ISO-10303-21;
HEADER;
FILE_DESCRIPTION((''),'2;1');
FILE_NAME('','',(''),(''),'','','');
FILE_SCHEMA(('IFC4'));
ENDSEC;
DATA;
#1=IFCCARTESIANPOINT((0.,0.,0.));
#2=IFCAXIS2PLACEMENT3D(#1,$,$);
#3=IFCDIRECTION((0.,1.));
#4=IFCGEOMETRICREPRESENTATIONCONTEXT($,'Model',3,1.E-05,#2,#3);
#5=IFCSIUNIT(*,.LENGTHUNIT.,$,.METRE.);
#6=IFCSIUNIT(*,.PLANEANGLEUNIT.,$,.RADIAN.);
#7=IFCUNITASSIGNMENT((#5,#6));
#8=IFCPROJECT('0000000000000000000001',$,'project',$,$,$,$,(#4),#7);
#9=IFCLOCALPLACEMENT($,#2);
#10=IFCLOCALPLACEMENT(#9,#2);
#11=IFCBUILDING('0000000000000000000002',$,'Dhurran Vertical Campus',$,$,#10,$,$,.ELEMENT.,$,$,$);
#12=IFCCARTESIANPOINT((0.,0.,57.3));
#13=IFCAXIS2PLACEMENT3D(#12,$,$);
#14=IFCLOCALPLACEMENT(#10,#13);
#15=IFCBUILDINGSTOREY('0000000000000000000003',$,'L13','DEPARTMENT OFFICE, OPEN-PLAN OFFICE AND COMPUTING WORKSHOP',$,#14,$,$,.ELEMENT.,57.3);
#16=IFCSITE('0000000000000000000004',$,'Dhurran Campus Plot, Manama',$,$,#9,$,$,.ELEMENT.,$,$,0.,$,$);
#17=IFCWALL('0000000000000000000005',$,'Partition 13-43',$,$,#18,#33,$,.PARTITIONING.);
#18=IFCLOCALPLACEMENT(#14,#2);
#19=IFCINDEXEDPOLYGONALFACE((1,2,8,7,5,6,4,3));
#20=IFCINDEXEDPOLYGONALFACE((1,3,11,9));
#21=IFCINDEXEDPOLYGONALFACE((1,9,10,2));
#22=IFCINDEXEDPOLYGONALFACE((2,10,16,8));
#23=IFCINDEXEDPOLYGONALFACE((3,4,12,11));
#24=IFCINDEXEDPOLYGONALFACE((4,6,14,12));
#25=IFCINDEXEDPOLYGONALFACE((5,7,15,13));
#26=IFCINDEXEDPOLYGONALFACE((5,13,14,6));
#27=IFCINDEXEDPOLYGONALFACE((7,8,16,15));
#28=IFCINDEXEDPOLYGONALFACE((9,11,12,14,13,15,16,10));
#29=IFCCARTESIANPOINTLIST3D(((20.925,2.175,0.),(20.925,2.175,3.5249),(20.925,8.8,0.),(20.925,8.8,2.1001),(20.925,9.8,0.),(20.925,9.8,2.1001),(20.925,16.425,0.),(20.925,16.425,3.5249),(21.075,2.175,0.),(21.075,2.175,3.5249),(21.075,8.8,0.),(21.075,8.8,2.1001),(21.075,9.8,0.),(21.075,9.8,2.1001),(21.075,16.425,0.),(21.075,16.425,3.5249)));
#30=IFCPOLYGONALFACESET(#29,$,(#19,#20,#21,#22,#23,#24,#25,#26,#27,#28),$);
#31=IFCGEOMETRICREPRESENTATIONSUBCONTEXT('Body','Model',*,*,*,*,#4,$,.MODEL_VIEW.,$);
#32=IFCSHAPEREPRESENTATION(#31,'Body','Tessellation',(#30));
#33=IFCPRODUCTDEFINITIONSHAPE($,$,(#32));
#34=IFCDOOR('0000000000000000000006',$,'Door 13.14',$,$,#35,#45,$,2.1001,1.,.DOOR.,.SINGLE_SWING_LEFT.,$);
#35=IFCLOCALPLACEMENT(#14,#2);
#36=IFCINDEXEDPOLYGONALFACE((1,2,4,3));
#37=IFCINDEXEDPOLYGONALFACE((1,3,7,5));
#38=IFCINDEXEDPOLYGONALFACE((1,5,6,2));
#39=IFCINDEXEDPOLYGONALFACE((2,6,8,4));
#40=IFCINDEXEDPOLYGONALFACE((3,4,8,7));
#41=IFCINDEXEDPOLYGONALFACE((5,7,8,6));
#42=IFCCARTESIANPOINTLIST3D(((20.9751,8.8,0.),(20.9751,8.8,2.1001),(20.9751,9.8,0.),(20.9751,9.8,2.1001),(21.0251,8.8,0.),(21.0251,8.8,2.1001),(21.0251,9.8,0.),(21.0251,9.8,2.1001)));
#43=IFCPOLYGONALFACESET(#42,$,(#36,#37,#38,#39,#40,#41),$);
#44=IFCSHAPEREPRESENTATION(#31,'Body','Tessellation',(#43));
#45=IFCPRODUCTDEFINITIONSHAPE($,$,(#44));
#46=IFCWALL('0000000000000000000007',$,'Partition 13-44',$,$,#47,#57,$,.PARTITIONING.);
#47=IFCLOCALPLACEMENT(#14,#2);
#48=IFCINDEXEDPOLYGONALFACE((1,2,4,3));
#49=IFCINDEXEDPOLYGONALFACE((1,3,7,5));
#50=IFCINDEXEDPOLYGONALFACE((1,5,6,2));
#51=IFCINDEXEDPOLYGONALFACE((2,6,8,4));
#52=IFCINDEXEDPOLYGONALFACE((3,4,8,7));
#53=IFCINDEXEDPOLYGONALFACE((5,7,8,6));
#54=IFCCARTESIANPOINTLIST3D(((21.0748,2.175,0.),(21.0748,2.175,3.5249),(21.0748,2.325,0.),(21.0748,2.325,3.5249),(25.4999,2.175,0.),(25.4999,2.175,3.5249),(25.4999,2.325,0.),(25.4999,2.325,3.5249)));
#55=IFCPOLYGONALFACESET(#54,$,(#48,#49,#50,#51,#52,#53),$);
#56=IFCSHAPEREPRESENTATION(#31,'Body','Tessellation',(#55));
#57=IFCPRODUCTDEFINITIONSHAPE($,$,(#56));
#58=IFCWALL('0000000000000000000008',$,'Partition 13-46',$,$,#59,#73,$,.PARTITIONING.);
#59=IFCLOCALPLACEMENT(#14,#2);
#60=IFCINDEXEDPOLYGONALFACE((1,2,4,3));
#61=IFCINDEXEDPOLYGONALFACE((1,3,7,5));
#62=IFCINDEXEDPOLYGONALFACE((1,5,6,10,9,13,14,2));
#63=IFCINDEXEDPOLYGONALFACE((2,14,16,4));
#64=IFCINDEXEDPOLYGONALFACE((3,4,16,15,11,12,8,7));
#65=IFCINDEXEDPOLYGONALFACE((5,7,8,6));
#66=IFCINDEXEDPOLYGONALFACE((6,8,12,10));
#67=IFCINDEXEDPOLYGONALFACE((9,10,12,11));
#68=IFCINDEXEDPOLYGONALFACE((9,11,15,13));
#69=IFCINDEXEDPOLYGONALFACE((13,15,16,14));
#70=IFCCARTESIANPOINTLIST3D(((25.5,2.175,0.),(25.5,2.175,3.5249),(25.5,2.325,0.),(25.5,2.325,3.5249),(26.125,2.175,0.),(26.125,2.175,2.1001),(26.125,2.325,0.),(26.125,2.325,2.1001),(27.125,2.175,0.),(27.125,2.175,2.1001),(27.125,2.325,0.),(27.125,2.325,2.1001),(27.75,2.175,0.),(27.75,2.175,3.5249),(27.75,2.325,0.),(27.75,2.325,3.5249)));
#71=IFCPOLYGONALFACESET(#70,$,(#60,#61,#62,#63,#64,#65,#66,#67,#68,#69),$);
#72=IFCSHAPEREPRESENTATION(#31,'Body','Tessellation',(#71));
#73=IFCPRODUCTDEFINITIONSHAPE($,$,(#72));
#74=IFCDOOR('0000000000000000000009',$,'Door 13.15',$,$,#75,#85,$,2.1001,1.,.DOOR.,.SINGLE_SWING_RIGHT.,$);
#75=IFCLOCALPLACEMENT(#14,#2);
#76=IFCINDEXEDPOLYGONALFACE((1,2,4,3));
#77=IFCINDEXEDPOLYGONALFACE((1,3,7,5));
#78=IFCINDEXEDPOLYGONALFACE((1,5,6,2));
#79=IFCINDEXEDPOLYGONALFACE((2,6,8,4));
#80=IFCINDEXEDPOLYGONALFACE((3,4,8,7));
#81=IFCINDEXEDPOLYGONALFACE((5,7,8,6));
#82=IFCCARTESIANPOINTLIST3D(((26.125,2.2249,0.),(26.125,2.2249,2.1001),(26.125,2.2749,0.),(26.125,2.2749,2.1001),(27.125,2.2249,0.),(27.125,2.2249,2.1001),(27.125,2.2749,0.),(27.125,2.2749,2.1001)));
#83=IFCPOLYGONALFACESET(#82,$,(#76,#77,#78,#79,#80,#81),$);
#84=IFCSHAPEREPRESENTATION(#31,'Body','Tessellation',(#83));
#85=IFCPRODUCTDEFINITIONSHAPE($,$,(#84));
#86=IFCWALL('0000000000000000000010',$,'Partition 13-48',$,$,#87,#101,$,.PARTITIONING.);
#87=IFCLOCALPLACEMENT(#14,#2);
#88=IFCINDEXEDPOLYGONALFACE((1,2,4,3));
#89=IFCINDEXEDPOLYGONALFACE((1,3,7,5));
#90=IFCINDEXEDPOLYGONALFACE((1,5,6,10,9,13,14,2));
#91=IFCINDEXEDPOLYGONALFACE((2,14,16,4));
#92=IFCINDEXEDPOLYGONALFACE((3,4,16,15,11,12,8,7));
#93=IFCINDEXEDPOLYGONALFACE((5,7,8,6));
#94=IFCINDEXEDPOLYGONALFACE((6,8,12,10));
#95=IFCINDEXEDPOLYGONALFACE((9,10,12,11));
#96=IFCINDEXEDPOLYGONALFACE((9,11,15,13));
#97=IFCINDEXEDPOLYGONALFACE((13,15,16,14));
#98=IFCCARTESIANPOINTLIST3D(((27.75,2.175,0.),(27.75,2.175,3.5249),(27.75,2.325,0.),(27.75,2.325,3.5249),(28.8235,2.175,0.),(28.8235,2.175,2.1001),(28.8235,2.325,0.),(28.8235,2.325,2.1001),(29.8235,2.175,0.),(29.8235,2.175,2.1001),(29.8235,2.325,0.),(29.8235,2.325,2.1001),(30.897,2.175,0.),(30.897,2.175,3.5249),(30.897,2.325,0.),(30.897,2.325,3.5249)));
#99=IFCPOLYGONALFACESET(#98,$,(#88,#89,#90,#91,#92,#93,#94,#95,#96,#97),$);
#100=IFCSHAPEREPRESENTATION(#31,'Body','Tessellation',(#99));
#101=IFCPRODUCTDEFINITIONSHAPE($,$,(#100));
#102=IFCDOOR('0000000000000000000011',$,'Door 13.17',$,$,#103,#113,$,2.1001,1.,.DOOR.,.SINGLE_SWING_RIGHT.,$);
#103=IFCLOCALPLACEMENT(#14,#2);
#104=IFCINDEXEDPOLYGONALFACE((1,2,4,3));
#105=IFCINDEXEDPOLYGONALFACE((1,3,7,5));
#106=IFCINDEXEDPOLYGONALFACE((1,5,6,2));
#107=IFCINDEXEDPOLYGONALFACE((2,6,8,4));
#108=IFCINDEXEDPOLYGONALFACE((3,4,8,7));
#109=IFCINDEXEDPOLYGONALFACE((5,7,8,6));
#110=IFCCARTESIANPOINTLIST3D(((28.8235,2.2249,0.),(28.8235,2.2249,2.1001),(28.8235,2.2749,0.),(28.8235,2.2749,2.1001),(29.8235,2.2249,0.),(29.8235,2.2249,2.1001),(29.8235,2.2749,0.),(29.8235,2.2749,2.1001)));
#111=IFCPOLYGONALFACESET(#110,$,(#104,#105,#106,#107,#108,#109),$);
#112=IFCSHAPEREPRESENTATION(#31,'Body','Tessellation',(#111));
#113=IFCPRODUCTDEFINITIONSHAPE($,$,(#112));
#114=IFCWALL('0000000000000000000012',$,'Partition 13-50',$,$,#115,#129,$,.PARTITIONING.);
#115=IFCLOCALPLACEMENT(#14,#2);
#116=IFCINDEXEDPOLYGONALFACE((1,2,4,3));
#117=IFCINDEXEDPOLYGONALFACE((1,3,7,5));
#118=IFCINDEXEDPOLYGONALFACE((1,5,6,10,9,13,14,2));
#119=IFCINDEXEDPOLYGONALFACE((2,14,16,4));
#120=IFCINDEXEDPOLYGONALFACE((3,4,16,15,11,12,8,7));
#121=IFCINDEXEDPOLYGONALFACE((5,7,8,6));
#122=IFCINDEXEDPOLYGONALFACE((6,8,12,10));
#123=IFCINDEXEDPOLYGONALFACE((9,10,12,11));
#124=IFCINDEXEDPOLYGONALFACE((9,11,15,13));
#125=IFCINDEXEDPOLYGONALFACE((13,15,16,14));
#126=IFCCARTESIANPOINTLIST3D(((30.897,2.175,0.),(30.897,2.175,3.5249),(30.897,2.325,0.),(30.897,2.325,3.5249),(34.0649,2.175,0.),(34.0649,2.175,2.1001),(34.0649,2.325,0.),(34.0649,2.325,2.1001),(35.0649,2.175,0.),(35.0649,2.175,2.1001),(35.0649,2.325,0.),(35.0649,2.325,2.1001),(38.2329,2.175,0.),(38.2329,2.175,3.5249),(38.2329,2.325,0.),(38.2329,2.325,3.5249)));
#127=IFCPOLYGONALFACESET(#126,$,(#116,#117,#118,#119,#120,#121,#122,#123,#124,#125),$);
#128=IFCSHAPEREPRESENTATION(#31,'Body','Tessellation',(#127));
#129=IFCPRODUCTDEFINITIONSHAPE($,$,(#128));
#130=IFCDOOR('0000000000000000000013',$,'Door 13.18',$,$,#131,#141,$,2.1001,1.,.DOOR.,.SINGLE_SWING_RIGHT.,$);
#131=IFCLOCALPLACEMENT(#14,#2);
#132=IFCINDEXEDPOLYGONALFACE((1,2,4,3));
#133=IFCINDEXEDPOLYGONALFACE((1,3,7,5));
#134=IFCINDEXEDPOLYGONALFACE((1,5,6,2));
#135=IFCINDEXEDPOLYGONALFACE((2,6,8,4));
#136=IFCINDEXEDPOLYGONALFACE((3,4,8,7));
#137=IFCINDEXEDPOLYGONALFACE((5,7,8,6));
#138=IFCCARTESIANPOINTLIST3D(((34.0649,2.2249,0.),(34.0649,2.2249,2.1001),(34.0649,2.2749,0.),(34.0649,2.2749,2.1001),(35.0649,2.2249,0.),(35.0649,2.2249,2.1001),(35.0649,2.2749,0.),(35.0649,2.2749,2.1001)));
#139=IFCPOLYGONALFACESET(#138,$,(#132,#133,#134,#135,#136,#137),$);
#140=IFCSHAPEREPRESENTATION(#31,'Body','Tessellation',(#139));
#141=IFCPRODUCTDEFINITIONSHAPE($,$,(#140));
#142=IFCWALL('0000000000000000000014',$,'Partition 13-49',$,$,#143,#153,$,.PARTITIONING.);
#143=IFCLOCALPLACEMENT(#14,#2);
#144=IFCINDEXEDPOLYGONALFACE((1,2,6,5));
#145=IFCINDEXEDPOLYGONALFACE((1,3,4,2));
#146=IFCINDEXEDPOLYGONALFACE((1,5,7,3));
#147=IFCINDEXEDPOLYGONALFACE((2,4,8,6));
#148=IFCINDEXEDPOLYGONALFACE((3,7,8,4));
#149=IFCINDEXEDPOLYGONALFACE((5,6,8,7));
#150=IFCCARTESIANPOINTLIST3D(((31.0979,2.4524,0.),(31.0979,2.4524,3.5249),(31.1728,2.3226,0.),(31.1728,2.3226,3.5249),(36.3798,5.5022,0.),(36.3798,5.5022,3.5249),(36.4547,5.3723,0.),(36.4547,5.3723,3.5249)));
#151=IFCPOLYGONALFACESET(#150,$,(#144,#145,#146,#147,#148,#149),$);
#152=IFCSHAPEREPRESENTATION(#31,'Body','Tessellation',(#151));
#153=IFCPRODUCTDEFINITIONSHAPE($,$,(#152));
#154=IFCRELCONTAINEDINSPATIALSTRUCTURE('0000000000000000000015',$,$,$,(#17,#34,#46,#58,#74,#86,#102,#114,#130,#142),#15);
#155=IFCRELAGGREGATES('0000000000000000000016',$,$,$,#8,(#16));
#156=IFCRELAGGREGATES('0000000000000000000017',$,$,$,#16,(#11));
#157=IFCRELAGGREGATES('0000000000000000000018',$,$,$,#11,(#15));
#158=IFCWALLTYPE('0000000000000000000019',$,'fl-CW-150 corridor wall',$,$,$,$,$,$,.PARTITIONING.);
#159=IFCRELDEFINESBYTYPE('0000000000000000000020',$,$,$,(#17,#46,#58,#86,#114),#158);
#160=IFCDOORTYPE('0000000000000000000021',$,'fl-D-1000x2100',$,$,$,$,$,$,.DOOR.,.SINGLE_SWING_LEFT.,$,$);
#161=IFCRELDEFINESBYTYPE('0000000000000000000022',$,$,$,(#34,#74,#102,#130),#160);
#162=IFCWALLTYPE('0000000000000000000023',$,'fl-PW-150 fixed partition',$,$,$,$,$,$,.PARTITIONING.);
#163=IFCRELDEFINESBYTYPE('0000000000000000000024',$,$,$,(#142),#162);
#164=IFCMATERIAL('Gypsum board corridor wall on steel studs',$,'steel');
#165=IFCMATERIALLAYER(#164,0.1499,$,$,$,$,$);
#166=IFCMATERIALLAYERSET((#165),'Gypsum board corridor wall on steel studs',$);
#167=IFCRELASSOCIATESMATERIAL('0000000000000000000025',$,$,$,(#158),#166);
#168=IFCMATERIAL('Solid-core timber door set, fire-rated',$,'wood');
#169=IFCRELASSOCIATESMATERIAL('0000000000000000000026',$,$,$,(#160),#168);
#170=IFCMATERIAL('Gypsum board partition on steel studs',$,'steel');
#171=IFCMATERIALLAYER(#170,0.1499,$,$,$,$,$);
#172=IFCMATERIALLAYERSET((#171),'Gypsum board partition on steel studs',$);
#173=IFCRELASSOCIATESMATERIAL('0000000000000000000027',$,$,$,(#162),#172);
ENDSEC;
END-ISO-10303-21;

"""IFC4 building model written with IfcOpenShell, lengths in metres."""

from ifc_helpers import new_model, si_unit, direction, frame, frame_2d, origin, place, context, subcontext, project, spatial, rectangle, extrude, material, layer, layer_set, type_object, element, fill, save


model = new_model("IFC4")

# Units and contexts
model_context = context("Model", 3, precision=1e-05, world=origin(), true_north=direction((0.0, 1.0)))
body_context = subcontext(model_context, "Body", "Model", "MODEL_VIEW")
ifc_project = project(units=[si_unit("LENGTHUNIT", "METRE"), si_unit("PLANEANGLEUNIT", "RADIAN")], contexts=[model_context])

# Site, building, storey
site_placement = place(None, origin())
site = spatial("IfcSite", under=ifc_project, at=site_placement, Name="Dhurran Campus Plot, Manama", CompositionType="ELEMENT", RefElevation=0.0)
building_placement = place(site_placement, origin())
building = spatial("IfcBuilding", under=site, at=building_placement, Name="Dhurran Vertical Campus", CompositionType="ELEMENT")
storey_placement = place(building_placement, frame((0.0, 0.0, 57.3)))
storey = spatial("IfcBuildingStorey", under=building, at=storey_placement, Name="L13", Description="DEPARTMENT OFFICE, OPEN-PLAN OFFICE AND COMPUTING WORKSHOP", CompositionType="ELEMENT", Elevation=57.3)

# Wall, opening, door
ifc_material_1 = material(Name="Gypsum board corridor wall on steel studs", Category="steel")
ifc_layer_1 = layer(ifc_material_1, 0.1499)
ifc_layer_set_1 = layer_set([ifc_layer_1], Name="Gypsum board corridor wall on steel studs")
wall_type_1 = type_object("IfcWallType", Name="fl-CW-150 corridor wall", PredefinedType="PARTITIONING", material=ifc_layer_set_1)
wall_1_placement = place(storey_placement, frame((21.0, 2.175, 0.0), z_axis=(0.0, 0.0, 1.0), x_axis=(0.0, 1.0, 0.0)))
wall_1 = element("IfcWall", 1, at=wall_1_placement, inside=storey, type_object=wall_type_1, Name="Partition 13-43", PredefinedType="PARTITIONING", context=body_context, shape_type="SweptSolid", body=[
    extrude(rectangle(XDim=14.25, YDim=0.1499, at=frame_2d((7.125, 0.0))), origin(), (0.0, 0.0, 1.0), 3.5249),
])
opening_1_placement = place(wall_1_placement, frame((6.625, 0.0, 0.0)))
opening_1 = element("IfcOpeningElement", 2, at=opening_1_placement, cuts=wall_1, PredefinedType="OPENING", context=body_context, shape_type="SweptSolid", body=[
    extrude(rectangle(XDim=1.0, YDim=2.1001, at=frame_2d((0.5, 1.05))), frame((0.0, 0.085, 0.0), z_axis=(0.0, -1.0, 0.0), x_axis=(1.0, 0.0, 0.0)), (0.0, 0.0, 1.0), 0.1699),
])
ifc_material_2 = material(Name="Solid-core timber door set, fire-rated", Category="wood")
door_type_1 = type_object("IfcDoorType", Name="fl-D-1000x2100", OperationType="SINGLE_SWING_LEFT", PredefinedType="DOOR", material=ifc_material_2)
door_1_placement = place(opening_1_placement, origin())
door_1 = element("IfcDoor", 3, at=door_1_placement, inside=storey, type_object=door_type_1, Name="Door 13.14", OperationType="SINGLE_SWING_LEFT", OverallHeight=2.1001, OverallWidth=1.0, PredefinedType="DOOR", context=body_context, shape_type="SweptSolid", body=[
    extrude(rectangle(XDim=1.0, YDim=2.1001, at=frame_2d((0.5, 1.05))), frame((0.0, 0.0249, 0.0), z_axis=(0.0, -1.0, 0.0), x_axis=(1.0, 0.0, 0.0)), (0.0, 0.0, 1.0), 0.05),
])
fill(opening_1, door_1)

# Wall
wall_2_placement = place(storey_placement, frame((21.075, 2.25, 0.0), z_axis=(0.0, 0.0, 1.0), x_axis=(1.0, 0.0, 0.0)))
element("IfcWall", 4, at=wall_2_placement, inside=storey, type_object=wall_type_1, Name="Partition 13-44", PredefinedType="PARTITIONING", context=body_context, shape_type="SweptSolid", body=[
    extrude(rectangle(XDim=4.425, YDim=0.1499, at=frame_2d((2.2124, 0.0))), origin(), (0.0, 0.0, 1.0), 3.5249),
])

# Walls, openings, doors
wall_3_placement = place(storey_placement, frame((25.5, 2.25, 0.0), z_axis=(0.0, 0.0, 1.0), x_axis=(1.0, 0.0, 0.0)))
wall_3 = element("IfcWall", 5, at=wall_3_placement, inside=storey, type_object=wall_type_1, Name="Partition 13-46", PredefinedType="PARTITIONING", context=body_context, shape_type="SweptSolid", body=[
    extrude(rectangle(XDim=2.25, YDim=0.1499, at=frame_2d((1.125, 0.0))), origin(), (0.0, 0.0, 1.0), 3.5249),
])
opening_2_placement = place(wall_3_placement, frame((0.625, 0.0, 0.0)))
opening_2 = element("IfcOpeningElement", 6, at=opening_2_placement, cuts=wall_3, PredefinedType="OPENING", context=body_context, shape_type="SweptSolid", body=[
    extrude(rectangle(XDim=1.0, YDim=2.1001, at=frame_2d((0.5, 1.05))), frame((0.0, 0.085, 0.0), z_axis=(0.0, -1.0, 0.0), x_axis=(1.0, 0.0, 0.0)), (0.0, 0.0, 1.0), 0.1699),
])
door_2_placement = place(opening_2_placement, origin())
door_2 = element("IfcDoor", 7, at=door_2_placement, inside=storey, type_object=door_type_1, Name="Door 13.15", OperationType="SINGLE_SWING_RIGHT", OverallHeight=2.1001, OverallWidth=1.0, PredefinedType="DOOR", context=body_context, shape_type="SweptSolid", body=[
    extrude(rectangle(XDim=1.0, YDim=2.1001, at=frame_2d((0.5, 1.05))), frame((0.0, 0.0249, 0.0), z_axis=(0.0, -1.0, 0.0), x_axis=(1.0, 0.0, 0.0)), (0.0, 0.0, 1.0), 0.05),
])
fill(opening_2, door_2)
wall_4_placement = place(storey_placement, frame((27.75, 2.25, 0.0), z_axis=(0.0, 0.0, 1.0), x_axis=(1.0, 0.0, 0.0)))
wall_4 = element("IfcWall", 8, at=wall_4_placement, inside=storey, type_object=wall_type_1, Name="Partition 13-48", PredefinedType="PARTITIONING", context=body_context, shape_type="SweptSolid", body=[
    extrude(rectangle(XDim=3.147, YDim=0.1499, at=frame_2d((1.5735, 0.0))), origin(), (0.0, 0.0, 1.0), 3.5249),
])
opening_3_placement = place(wall_4_placement, frame((1.0735, 0.0, 0.0)))
opening_3 = element("IfcOpeningElement", 9, at=opening_3_placement, cuts=wall_4, PredefinedType="OPENING", context=body_context, shape_type="SweptSolid", body=[
    extrude(rectangle(XDim=1.0, YDim=2.1001, at=frame_2d((0.5, 1.05))), frame((0.0, 0.085, 0.0), z_axis=(0.0, -1.0, 0.0), x_axis=(1.0, 0.0, 0.0)), (0.0, 0.0, 1.0), 0.1699),
])
door_3_placement = place(opening_3_placement, origin())
door_3 = element("IfcDoor", 10, at=door_3_placement, inside=storey, type_object=door_type_1, Name="Door 13.17", OperationType="SINGLE_SWING_RIGHT", OverallHeight=2.1001, OverallWidth=1.0, PredefinedType="DOOR", context=body_context, shape_type="SweptSolid", body=[
    extrude(rectangle(XDim=1.0, YDim=2.1001, at=frame_2d((0.5, 1.05))), frame((0.0, 0.0249, 0.0), z_axis=(0.0, -1.0, 0.0), x_axis=(1.0, 0.0, 0.0)), (0.0, 0.0, 1.0), 0.05),
])
fill(opening_3, door_3)
wall_5_placement = place(storey_placement, frame((30.897, 2.25, 0.0), z_axis=(0.0, 0.0, 1.0), x_axis=(1.0, 0.0, 0.0)))
wall_5 = element("IfcWall", 11, at=wall_5_placement, inside=storey, type_object=wall_type_1, Name="Partition 13-50", PredefinedType="PARTITIONING", context=body_context, shape_type="SweptSolid", body=[
    extrude(rectangle(XDim=7.3359, YDim=0.1499, at=frame_2d((3.668, 0.0))), origin(), (0.0, 0.0, 1.0), 3.5249),
])
opening_4_placement = place(wall_5_placement, frame((3.168, 0.0, 0.0)))
opening_4 = element("IfcOpeningElement", 12, at=opening_4_placement, cuts=wall_5, PredefinedType="OPENING", context=body_context, shape_type="SweptSolid", body=[
    extrude(rectangle(XDim=1.0, YDim=2.1001, at=frame_2d((0.5, 1.05))), frame((0.0, 0.085, 0.0), z_axis=(0.0, -1.0, 0.0), x_axis=(1.0, 0.0, 0.0)), (0.0, 0.0, 1.0), 0.1699),
])
door_4_placement = place(opening_4_placement, origin())
door_4 = element("IfcDoor", 13, at=door_4_placement, inside=storey, type_object=door_type_1, Name="Door 13.18", OperationType="SINGLE_SWING_RIGHT", OverallHeight=2.1001, OverallWidth=1.0, PredefinedType="DOOR", context=body_context, shape_type="SweptSolid", body=[
    extrude(rectangle(XDim=1.0, YDim=2.1001, at=frame_2d((0.5, 1.05))), frame((0.0, 0.0249, 0.0), z_axis=(0.0, -1.0, 0.0), x_axis=(1.0, 0.0, 0.0)), (0.0, 0.0, 1.0), 0.05),
])
fill(opening_4, door_4)

# Wall
ifc_material_3 = material(Name="Gypsum board partition on steel studs", Category="steel")
ifc_layer_2 = layer(ifc_material_3, 0.1499)
ifc_layer_set_2 = layer_set([ifc_layer_2], Name="Gypsum board partition on steel studs")
wall_type_2 = type_object("IfcWallType", Name="fl-PW-150 fixed partition", PredefinedType="PARTITIONING", material=ifc_layer_set_2)
wall_6_placement = place(storey_placement, frame((36.4172, 5.4373, 0.0), z_axis=(0.0, 0.0, 1.0), x_axis=(-0.866008, -0.500031, 0.0)))
element("IfcWall", 14, at=wall_6_placement, inside=storey, type_object=wall_type_2, Name="Partition 13-49", PredefinedType="PARTITIONING", context=body_context, shape_type="SweptSolid", body=[
    extrude(rectangle(XDim=6.0991, YDim=0.1499, at=frame_2d((3.0496, 0.0))), origin(), (0.0, 0.0, 1.0), 3.5249),
])

save(model, "model.ifc")
